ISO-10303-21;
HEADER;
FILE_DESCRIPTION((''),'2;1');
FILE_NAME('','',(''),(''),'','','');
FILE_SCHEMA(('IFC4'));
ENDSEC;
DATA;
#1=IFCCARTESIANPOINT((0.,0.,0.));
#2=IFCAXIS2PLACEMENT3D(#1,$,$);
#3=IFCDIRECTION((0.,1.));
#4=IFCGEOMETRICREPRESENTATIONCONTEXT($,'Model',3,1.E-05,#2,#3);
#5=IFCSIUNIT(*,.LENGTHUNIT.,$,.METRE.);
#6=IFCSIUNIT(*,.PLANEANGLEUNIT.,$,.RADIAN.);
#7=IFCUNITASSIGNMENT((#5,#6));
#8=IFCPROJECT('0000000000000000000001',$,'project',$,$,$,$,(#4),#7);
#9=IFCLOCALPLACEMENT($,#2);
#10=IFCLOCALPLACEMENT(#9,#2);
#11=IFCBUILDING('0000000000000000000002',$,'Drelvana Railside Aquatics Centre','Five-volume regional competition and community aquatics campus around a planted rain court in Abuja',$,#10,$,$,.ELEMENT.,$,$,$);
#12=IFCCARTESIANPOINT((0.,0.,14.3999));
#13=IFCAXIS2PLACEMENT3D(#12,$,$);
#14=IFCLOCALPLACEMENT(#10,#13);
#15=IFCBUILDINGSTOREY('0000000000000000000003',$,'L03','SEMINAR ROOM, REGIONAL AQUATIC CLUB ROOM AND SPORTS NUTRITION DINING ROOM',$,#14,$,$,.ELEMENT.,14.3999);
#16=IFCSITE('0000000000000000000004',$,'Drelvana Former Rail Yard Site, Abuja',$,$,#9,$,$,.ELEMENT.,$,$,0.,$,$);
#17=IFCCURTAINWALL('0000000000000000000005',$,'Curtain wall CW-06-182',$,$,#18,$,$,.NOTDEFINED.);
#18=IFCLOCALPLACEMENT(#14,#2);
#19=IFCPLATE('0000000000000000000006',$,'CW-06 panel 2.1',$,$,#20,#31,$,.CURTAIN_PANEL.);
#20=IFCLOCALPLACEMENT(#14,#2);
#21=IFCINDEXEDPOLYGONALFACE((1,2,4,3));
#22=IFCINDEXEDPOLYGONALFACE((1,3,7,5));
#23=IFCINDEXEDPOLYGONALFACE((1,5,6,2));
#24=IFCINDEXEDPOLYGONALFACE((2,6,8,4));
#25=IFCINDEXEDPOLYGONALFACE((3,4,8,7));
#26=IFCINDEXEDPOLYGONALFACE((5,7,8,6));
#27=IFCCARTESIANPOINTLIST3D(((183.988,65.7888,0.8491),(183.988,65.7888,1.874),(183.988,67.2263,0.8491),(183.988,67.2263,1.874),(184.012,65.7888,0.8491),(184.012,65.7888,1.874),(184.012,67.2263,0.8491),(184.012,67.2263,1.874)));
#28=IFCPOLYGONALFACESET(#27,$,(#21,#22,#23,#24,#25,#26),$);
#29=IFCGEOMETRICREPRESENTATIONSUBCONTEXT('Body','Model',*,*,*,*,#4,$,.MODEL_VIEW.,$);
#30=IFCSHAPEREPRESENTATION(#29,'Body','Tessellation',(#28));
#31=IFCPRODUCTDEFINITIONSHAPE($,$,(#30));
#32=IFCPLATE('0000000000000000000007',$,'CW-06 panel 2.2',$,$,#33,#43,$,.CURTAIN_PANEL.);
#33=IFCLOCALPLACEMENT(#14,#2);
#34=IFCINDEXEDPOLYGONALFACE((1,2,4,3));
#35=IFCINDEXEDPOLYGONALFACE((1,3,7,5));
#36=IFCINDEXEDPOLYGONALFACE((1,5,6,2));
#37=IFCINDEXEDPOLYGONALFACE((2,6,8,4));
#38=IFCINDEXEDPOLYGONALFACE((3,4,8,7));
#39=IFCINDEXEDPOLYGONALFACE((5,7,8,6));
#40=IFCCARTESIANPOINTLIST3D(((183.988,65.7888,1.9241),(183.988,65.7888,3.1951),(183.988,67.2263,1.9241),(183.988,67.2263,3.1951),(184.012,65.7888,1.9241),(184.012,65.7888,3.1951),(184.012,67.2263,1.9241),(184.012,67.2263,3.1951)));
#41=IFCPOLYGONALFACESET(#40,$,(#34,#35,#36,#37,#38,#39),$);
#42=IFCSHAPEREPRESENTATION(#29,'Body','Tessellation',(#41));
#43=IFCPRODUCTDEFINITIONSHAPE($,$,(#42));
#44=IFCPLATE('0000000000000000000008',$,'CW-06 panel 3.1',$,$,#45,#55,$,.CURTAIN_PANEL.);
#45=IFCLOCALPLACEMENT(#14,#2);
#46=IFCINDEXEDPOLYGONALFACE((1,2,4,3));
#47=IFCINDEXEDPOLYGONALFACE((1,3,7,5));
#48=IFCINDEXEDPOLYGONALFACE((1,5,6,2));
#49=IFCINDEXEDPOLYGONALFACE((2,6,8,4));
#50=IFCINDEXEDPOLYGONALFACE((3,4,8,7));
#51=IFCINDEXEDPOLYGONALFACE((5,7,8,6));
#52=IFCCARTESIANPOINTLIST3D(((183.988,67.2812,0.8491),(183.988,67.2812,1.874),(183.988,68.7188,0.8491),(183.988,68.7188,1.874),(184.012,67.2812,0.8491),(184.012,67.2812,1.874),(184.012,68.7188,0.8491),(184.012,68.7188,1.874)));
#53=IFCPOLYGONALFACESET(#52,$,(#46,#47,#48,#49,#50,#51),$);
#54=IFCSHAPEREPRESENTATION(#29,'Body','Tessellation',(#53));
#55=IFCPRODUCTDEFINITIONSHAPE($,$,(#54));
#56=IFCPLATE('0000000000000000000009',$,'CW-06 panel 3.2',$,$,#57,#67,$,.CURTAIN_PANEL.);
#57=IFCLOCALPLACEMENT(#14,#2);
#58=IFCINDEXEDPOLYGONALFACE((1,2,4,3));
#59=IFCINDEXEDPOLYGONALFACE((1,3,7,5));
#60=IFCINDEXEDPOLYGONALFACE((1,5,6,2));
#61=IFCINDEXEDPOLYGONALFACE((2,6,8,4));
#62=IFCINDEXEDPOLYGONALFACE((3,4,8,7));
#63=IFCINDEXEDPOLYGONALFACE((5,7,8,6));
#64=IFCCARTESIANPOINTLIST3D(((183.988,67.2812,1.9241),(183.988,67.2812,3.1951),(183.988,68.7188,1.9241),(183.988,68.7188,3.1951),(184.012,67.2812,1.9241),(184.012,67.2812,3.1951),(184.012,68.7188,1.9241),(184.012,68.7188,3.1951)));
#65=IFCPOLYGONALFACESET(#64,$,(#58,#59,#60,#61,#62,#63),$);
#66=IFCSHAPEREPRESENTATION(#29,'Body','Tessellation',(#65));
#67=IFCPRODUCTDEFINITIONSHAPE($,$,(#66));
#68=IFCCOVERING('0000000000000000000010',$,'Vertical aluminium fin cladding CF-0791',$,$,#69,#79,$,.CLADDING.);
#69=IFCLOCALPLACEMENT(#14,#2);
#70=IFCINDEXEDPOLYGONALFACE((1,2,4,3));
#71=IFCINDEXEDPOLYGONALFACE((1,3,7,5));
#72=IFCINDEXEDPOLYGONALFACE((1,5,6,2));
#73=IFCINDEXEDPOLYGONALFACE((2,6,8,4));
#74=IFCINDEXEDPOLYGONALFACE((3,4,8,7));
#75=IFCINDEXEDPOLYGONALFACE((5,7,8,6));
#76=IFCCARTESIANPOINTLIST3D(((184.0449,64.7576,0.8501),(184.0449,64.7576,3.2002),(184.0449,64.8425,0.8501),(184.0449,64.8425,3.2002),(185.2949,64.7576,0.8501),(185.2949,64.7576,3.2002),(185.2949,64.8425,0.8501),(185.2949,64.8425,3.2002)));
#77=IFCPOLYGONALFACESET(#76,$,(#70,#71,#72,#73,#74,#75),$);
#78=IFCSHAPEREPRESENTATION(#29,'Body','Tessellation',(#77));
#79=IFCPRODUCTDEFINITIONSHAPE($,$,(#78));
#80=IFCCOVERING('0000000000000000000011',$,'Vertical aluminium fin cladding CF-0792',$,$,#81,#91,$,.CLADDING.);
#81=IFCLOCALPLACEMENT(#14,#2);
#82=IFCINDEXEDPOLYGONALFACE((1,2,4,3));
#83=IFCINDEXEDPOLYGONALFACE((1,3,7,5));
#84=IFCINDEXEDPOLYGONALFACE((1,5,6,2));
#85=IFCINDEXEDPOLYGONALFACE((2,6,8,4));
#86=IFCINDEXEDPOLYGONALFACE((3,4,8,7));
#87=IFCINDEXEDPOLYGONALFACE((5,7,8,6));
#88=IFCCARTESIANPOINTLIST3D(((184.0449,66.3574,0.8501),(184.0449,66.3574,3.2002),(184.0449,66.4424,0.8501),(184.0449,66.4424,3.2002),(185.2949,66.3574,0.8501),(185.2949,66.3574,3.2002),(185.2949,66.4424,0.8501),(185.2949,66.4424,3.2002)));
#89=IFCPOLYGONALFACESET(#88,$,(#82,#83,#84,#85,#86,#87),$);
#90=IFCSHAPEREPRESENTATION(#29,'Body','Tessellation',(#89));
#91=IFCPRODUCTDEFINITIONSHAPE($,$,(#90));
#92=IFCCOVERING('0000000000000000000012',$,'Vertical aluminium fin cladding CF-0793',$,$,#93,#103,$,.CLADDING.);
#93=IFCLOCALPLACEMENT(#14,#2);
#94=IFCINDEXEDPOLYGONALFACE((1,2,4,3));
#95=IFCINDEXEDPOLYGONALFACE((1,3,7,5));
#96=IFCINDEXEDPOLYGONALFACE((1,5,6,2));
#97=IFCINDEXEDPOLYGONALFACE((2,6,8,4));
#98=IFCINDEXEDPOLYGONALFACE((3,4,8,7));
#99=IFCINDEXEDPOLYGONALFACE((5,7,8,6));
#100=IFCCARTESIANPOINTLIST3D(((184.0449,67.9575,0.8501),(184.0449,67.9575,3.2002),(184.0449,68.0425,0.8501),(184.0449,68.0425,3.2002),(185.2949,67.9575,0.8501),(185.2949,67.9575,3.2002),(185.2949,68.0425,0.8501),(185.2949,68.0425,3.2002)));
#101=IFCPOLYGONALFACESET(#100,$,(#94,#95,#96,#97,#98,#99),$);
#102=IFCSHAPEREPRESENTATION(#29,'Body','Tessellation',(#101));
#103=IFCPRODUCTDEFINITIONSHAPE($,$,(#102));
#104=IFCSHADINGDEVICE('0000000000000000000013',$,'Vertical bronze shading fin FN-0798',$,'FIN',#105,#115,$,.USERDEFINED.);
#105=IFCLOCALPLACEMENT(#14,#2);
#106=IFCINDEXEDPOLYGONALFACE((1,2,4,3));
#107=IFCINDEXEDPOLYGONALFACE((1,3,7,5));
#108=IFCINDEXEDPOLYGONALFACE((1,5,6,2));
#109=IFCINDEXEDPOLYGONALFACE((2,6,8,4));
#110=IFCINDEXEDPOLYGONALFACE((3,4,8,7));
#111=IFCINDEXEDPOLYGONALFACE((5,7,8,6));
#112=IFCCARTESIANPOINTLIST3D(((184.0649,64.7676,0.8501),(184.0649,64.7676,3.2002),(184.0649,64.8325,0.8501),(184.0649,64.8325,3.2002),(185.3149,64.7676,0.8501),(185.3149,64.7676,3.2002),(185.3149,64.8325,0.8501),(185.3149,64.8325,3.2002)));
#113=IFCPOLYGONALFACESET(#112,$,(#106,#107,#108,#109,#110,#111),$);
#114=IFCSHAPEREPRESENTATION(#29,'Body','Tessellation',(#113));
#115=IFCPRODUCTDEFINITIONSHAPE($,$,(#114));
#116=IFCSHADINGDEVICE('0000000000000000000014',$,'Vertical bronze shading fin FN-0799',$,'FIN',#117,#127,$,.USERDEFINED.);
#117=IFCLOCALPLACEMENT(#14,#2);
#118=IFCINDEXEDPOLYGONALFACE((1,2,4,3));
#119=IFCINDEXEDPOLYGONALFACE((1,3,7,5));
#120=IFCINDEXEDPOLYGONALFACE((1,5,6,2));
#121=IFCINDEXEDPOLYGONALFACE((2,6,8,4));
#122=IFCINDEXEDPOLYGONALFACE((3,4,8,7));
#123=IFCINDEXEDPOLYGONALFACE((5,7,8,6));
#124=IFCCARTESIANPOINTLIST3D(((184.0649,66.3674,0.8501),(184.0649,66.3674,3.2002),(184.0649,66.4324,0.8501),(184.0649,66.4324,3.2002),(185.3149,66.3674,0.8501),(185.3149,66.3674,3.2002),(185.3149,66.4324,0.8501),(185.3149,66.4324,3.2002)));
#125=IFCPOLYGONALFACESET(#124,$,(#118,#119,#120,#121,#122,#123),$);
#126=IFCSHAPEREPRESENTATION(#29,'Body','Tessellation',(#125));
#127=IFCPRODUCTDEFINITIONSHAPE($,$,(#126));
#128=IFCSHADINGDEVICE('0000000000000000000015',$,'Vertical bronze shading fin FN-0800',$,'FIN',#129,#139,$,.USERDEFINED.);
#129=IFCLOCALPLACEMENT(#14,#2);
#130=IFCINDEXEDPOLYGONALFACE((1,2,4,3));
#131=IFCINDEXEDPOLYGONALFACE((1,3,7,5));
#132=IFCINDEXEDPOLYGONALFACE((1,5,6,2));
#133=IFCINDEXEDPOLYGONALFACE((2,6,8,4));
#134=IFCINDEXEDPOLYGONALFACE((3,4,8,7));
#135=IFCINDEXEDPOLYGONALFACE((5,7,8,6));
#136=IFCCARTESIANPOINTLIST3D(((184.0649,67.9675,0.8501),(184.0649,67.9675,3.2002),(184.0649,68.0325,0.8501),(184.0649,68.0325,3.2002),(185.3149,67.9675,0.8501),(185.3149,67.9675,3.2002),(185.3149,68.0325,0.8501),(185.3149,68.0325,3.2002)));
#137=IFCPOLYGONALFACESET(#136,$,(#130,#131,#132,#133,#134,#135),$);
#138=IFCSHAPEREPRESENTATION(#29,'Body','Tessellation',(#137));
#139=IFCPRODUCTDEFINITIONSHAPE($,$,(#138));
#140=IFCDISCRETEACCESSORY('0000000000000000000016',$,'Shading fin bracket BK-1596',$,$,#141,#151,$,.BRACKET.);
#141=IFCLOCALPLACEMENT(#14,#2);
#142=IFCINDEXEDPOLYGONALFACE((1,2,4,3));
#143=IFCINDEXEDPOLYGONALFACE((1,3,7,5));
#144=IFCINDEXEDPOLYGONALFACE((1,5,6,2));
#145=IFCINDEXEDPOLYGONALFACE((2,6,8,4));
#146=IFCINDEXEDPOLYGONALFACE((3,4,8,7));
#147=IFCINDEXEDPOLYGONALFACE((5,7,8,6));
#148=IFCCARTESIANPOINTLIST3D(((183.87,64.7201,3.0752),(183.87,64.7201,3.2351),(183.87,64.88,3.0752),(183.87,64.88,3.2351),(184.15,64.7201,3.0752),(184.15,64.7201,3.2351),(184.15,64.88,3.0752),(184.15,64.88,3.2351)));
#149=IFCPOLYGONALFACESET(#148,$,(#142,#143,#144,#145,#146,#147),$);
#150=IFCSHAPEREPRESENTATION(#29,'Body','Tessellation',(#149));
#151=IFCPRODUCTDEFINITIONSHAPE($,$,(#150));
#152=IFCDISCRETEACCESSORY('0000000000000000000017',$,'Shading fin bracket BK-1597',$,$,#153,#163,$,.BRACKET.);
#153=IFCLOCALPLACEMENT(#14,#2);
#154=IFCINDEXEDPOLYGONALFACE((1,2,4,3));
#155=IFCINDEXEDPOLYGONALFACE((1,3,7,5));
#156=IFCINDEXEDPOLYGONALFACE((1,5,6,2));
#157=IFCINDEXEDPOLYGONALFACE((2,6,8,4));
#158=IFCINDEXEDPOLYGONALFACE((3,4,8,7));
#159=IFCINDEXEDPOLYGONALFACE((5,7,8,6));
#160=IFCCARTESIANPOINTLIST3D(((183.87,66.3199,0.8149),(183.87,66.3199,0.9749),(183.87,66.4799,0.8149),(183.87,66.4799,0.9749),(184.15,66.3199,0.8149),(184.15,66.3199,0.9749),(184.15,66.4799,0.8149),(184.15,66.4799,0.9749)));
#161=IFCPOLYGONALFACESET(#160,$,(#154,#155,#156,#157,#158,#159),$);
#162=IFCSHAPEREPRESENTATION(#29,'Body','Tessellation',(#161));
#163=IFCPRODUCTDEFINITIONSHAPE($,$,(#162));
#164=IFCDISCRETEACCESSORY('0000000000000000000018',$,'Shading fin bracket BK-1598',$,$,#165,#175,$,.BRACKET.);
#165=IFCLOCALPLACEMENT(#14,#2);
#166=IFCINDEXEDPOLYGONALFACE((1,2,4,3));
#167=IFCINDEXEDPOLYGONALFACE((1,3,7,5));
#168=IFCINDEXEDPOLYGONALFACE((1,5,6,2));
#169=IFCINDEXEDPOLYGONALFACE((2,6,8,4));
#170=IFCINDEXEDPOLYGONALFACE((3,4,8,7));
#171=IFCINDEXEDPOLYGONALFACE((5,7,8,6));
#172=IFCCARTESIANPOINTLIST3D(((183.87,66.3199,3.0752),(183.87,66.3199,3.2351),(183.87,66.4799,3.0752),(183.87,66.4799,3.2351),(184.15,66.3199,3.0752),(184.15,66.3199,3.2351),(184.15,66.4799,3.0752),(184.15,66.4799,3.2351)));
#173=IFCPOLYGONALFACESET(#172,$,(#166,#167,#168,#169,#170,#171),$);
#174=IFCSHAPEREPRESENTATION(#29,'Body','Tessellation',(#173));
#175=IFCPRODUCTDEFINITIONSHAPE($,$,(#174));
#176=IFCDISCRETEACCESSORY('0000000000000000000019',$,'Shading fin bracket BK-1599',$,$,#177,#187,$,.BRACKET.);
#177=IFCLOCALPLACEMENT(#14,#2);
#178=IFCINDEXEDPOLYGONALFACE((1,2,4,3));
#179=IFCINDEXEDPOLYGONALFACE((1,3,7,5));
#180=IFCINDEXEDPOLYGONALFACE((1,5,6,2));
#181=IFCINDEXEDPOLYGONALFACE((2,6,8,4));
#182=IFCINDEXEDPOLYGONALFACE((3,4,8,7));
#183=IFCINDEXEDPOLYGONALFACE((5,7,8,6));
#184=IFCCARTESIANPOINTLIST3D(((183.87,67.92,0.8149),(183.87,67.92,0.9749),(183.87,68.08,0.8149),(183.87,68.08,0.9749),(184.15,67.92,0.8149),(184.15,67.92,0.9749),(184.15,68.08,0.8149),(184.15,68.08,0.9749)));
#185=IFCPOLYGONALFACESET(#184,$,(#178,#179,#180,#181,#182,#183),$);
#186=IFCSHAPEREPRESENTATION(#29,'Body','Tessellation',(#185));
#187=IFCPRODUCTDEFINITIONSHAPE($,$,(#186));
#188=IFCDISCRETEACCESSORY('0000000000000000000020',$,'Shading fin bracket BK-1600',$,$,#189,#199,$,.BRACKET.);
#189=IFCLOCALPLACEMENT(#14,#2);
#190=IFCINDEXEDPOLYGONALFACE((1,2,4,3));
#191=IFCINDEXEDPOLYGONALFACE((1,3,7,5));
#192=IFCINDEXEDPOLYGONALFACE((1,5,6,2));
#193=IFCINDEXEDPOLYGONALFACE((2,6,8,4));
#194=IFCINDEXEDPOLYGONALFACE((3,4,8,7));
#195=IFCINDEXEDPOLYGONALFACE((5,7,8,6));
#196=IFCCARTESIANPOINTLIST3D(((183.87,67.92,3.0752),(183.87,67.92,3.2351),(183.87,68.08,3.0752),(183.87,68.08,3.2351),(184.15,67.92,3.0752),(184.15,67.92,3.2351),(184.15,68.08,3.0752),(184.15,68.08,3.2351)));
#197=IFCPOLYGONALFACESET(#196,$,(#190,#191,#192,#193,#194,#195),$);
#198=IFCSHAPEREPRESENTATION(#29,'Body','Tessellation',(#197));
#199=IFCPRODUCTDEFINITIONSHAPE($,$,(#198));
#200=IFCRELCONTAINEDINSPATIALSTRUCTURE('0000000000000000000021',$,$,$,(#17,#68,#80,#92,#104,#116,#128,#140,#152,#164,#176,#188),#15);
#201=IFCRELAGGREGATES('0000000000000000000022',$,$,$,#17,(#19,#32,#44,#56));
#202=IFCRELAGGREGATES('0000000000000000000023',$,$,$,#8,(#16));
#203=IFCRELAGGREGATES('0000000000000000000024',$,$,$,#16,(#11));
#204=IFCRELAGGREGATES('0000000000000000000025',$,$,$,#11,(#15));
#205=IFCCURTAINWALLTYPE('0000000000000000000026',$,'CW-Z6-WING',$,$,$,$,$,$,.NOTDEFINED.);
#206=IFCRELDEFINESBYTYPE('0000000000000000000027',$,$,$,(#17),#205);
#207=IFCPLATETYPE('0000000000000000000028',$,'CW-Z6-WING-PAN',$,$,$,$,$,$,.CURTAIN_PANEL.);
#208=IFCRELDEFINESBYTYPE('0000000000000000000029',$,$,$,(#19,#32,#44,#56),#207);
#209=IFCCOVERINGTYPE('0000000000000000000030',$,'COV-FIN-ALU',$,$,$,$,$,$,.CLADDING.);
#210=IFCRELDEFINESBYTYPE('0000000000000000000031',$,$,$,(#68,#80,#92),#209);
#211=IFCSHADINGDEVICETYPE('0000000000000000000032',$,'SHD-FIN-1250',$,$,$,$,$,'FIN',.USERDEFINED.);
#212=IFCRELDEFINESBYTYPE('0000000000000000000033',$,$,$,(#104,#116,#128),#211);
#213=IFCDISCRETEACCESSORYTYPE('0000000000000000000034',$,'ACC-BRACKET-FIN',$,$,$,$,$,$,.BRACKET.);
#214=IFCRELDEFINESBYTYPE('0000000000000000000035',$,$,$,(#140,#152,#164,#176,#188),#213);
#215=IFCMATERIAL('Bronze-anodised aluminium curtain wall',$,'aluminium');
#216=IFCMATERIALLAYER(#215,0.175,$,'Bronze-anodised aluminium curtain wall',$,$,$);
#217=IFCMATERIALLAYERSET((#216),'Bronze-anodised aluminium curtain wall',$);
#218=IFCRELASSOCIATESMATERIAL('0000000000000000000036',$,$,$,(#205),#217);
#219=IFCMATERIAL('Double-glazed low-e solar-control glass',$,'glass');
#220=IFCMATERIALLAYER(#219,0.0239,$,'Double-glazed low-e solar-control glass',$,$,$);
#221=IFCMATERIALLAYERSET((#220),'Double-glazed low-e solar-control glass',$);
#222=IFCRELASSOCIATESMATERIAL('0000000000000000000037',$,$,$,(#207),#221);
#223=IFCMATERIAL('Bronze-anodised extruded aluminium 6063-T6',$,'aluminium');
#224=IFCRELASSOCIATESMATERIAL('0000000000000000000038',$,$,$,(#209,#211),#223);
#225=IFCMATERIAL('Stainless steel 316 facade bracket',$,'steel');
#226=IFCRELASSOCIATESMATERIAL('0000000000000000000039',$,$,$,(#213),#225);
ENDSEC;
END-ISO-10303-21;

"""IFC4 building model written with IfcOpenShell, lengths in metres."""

from ifc_helpers import new_model, si_unit, direction, frame, origin, origin_2d, place, context, subcontext, project, spatial, rectangle, extrude, material, layer, layer_set, type_object, element, aggregate, save


model = new_model("IFC4")

# Units and contexts
model_context = context("Model", 3, precision=1e-05, world=origin(), true_north=direction((0.0, 1.0)))
body_context = subcontext(model_context, "Body", "Model", "MODEL_VIEW")
ifc_project = project(units=[si_unit("LENGTHUNIT", "METRE"), si_unit("PLANEANGLEUNIT", "RADIAN")], contexts=[model_context])

# Site, building, storey
site_placement = place(None, origin())
site = spatial("IfcSite", under=ifc_project, at=site_placement, Name="Drelvana Former Rail Yard Site, Abuja", CompositionType="ELEMENT", RefElevation=0.0)
building_placement = place(site_placement, origin())
building = spatial("IfcBuilding", under=site, at=building_placement, Name="Drelvana Railside Aquatics Centre", Description="Five-volume regional competition and community aquatics campus around a planted rain court in Abuja", CompositionType="ELEMENT")
storey_placement = place(building_placement, frame((0.0, 0.0, 14.3999)))
storey = spatial("IfcBuildingStorey", under=building, at=storey_placement, Name="L03", Description="SEMINAR ROOM, REGIONAL AQUATIC CLUB ROOM AND SPORTS NUTRITION DINING ROOM", CompositionType="ELEMENT", Elevation=14.3999)

# Curtain wall, plates
ifc_material_1 = material(Name="Bronze-anodised aluminium curtain wall", Category="aluminium")
ifc_layer_1 = layer(ifc_material_1, 0.175, Name="Bronze-anodised aluminium curtain wall")
ifc_layer_set_1 = layer_set([ifc_layer_1], Name="Bronze-anodised aluminium curtain wall")
curtain_wall_type = type_object("IfcCurtainWallType", Name="CW-Z6-WING", PredefinedType="NOTDEFINED", material=ifc_layer_set_1)
curtain_wall_placement = place(storey_placement, origin())
curtain_wall = element("IfcCurtainWall", 1, at=curtain_wall_placement, inside=storey, type_object=curtain_wall_type, Name="Curtain wall CW-06-182", PredefinedType="NOTDEFINED")
ifc_material_2 = material(Name="Double-glazed low-e solar-control glass", Category="glass")
ifc_layer_2 = layer(ifc_material_2, 0.0239, Name="Double-glazed low-e solar-control glass")
ifc_layer_set_2 = layer_set([ifc_layer_2], Name="Double-glazed low-e solar-control glass")
plate_type = type_object("IfcPlateType", Name="CW-Z6-WING-PAN", PredefinedType="CURTAIN_PANEL", material=ifc_layer_set_2)
plate_1_placement = place(storey_placement, frame((184.0, 66.5076, 0.8491), z_axis=(0.0, 0.0, 1.0), x_axis=(0.0, 1.0, 0.0)))
plate_1 = element("IfcPlate", 2, at=plate_1_placement, type_object=plate_type, Name="CW-06 panel 2.1", PredefinedType="CURTAIN_PANEL", context=body_context, shape_type="SweptSolid", body=[
    extrude(rectangle(XDim=1.4375, YDim=0.0239, at=origin_2d()), origin(), (0.0, 0.0, 1.0), 1.0249),
])
plate_2_placement = place(storey_placement, frame((184.0, 66.5076, 1.9241), z_axis=(0.0, 0.0, 1.0), x_axis=(0.0, 1.0, 0.0)))
plate_2 = element("IfcPlate", 3, at=plate_2_placement, type_object=plate_type, Name="CW-06 panel 2.2", PredefinedType="CURTAIN_PANEL", context=body_context, shape_type="SweptSolid", body=[
    extrude(rectangle(XDim=1.4375, YDim=0.0239, at=origin_2d()), origin(), (0.0, 0.0, 1.0), 1.271),
])
plate_3_placement = place(storey_placement, frame((184.0, 68.0, 0.8491), z_axis=(0.0, 0.0, 1.0), x_axis=(0.0, 1.0, 0.0)))
plate_3 = element("IfcPlate", 4, at=plate_3_placement, type_object=plate_type, Name="CW-06 panel 3.1", PredefinedType="CURTAIN_PANEL", context=body_context, shape_type="SweptSolid", body=[
    extrude(rectangle(XDim=1.4375, YDim=0.0239, at=origin_2d()), origin(), (0.0, 0.0, 1.0), 1.0249),
])
plate_4_placement = place(storey_placement, frame((184.0, 68.0, 1.9241), z_axis=(0.0, 0.0, 1.0), x_axis=(0.0, 1.0, 0.0)))
plate_4 = element("IfcPlate", 5, at=plate_4_placement, type_object=plate_type, Name="CW-06 panel 3.2", PredefinedType="CURTAIN_PANEL", context=body_context, shape_type="SweptSolid", body=[
    extrude(rectangle(XDim=1.4375, YDim=0.0239, at=origin_2d()), origin(), (0.0, 0.0, 1.0), 1.271),
])
aggregate(curtain_wall, [plate_1, plate_2, plate_3, plate_4])

# Coverings
ifc_material_3 = material(Name="Bronze-anodised extruded aluminium 6063-T6", Category="aluminium")
covering_type = type_object("IfcCoveringType", Name="COV-FIN-ALU", PredefinedType="CLADDING", material=ifc_material_3)
for number, where, z_axis, x_axis, name in (
    (6, (184.6699, 64.8, 0.8501), (0.0, 0.0, 1.0), (0.0, -1.0, 0.0), "Vertical aluminium fin cladding CF-0791"),
    (7, (184.6699, 66.3999, 0.8501), (0.0, 0.0, 1.0), (0.0, -1.0, 0.0), "Vertical aluminium fin cladding CF-0792"),
    (8, (184.6699, 68.0, 0.8501), (0.0, 0.0, 1.0), (0.0, -1.0, 0.0), "Vertical aluminium fin cladding CF-0793"),
):
    element("IfcCovering", number, at=place(storey_placement, frame(where, z_axis=z_axis, x_axis=x_axis)), inside=storey, type_object=covering_type, Name=name, PredefinedType="CLADDING", context=body_context, shape_type="SweptSolid", body=[
        extrude(rectangle(XDim=0.085, YDim=1.25, at=origin_2d()), origin(), (0.0, 0.0, 1.0), 2.3501),
    ])

# Shading devices
shading_device_type = type_object("IfcShadingDeviceType", Name="SHD-FIN-1250", ElementType="FIN", PredefinedType="USERDEFINED", material=ifc_material_3)
for number, where, z_axis, x_axis, name in (
    (9, (184.6899, 64.8, 0.8501), (0.0, 0.0, 1.0), (1.0, 0.0, 0.0), "Vertical bronze shading fin FN-0798"),
    (10, (184.6899, 66.3999, 0.8501), (0.0, 0.0, 1.0), (1.0, 0.0, 0.0), "Vertical bronze shading fin FN-0799"),
    (11, (184.6899, 68.0, 0.8501), (0.0, 0.0, 1.0), (1.0, 0.0, 0.0), "Vertical bronze shading fin FN-0800"),
):
    element("IfcShadingDevice", number, at=place(storey_placement, frame(where, z_axis=z_axis, x_axis=x_axis)), inside=storey, type_object=shading_device_type, Name=name, ObjectType="FIN", PredefinedType="USERDEFINED", context=body_context, shape_type="SweptSolid", body=[
        extrude(rectangle(XDim=1.25, YDim=0.0649, at=origin_2d()), origin(), (0.0, 0.0, 1.0), 2.3501),
    ])

# Discrete accessories
ifc_material_4 = material(Name="Stainless steel 316 facade bracket", Category="steel")
discrete_accessory_type = type_object("IfcDiscreteAccessoryType", Name="ACC-BRACKET-FIN", PredefinedType="BRACKET", material=ifc_material_4)
for number, where, z_axis, x_axis, name in (
    (12, (184.01, 64.8, 3.0752), (0.0, 0.0, 1.0), (1.0, 0.0, 0.0), "Shading fin bracket BK-1596"),
    (13, (184.01, 66.3999, 0.8149), (0.0, 0.0, 1.0), (1.0, 0.0, 0.0), "Shading fin bracket BK-1597"),
    (14, (184.01, 66.3999, 3.0752), (0.0, 0.0, 1.0), (1.0, 0.0, 0.0), "Shading fin bracket BK-1598"),
    (15, (184.01, 68.0, 0.8149), (0.0, 0.0, 1.0), (1.0, 0.0, 0.0), "Shading fin bracket BK-1599"),
    (16, (184.01, 68.0, 3.0752), (0.0, 0.0, 1.0), (1.0, 0.0, 0.0), "Shading fin bracket BK-1600"),
):
    element("IfcDiscreteAccessory", number, at=place(storey_placement, frame(where, z_axis=z_axis, x_axis=x_axis)), inside=storey, type_object=discrete_accessory_type, Name=name, PredefinedType="BRACKET", context=body_context, shape_type="SweptSolid", body=[
        extrude(rectangle(XDim=0.28, YDim=0.1599, at=origin_2d()), origin(), (0.0, 0.0, 1.0), 0.1599),
    ])

save(model, "model.ifc")
